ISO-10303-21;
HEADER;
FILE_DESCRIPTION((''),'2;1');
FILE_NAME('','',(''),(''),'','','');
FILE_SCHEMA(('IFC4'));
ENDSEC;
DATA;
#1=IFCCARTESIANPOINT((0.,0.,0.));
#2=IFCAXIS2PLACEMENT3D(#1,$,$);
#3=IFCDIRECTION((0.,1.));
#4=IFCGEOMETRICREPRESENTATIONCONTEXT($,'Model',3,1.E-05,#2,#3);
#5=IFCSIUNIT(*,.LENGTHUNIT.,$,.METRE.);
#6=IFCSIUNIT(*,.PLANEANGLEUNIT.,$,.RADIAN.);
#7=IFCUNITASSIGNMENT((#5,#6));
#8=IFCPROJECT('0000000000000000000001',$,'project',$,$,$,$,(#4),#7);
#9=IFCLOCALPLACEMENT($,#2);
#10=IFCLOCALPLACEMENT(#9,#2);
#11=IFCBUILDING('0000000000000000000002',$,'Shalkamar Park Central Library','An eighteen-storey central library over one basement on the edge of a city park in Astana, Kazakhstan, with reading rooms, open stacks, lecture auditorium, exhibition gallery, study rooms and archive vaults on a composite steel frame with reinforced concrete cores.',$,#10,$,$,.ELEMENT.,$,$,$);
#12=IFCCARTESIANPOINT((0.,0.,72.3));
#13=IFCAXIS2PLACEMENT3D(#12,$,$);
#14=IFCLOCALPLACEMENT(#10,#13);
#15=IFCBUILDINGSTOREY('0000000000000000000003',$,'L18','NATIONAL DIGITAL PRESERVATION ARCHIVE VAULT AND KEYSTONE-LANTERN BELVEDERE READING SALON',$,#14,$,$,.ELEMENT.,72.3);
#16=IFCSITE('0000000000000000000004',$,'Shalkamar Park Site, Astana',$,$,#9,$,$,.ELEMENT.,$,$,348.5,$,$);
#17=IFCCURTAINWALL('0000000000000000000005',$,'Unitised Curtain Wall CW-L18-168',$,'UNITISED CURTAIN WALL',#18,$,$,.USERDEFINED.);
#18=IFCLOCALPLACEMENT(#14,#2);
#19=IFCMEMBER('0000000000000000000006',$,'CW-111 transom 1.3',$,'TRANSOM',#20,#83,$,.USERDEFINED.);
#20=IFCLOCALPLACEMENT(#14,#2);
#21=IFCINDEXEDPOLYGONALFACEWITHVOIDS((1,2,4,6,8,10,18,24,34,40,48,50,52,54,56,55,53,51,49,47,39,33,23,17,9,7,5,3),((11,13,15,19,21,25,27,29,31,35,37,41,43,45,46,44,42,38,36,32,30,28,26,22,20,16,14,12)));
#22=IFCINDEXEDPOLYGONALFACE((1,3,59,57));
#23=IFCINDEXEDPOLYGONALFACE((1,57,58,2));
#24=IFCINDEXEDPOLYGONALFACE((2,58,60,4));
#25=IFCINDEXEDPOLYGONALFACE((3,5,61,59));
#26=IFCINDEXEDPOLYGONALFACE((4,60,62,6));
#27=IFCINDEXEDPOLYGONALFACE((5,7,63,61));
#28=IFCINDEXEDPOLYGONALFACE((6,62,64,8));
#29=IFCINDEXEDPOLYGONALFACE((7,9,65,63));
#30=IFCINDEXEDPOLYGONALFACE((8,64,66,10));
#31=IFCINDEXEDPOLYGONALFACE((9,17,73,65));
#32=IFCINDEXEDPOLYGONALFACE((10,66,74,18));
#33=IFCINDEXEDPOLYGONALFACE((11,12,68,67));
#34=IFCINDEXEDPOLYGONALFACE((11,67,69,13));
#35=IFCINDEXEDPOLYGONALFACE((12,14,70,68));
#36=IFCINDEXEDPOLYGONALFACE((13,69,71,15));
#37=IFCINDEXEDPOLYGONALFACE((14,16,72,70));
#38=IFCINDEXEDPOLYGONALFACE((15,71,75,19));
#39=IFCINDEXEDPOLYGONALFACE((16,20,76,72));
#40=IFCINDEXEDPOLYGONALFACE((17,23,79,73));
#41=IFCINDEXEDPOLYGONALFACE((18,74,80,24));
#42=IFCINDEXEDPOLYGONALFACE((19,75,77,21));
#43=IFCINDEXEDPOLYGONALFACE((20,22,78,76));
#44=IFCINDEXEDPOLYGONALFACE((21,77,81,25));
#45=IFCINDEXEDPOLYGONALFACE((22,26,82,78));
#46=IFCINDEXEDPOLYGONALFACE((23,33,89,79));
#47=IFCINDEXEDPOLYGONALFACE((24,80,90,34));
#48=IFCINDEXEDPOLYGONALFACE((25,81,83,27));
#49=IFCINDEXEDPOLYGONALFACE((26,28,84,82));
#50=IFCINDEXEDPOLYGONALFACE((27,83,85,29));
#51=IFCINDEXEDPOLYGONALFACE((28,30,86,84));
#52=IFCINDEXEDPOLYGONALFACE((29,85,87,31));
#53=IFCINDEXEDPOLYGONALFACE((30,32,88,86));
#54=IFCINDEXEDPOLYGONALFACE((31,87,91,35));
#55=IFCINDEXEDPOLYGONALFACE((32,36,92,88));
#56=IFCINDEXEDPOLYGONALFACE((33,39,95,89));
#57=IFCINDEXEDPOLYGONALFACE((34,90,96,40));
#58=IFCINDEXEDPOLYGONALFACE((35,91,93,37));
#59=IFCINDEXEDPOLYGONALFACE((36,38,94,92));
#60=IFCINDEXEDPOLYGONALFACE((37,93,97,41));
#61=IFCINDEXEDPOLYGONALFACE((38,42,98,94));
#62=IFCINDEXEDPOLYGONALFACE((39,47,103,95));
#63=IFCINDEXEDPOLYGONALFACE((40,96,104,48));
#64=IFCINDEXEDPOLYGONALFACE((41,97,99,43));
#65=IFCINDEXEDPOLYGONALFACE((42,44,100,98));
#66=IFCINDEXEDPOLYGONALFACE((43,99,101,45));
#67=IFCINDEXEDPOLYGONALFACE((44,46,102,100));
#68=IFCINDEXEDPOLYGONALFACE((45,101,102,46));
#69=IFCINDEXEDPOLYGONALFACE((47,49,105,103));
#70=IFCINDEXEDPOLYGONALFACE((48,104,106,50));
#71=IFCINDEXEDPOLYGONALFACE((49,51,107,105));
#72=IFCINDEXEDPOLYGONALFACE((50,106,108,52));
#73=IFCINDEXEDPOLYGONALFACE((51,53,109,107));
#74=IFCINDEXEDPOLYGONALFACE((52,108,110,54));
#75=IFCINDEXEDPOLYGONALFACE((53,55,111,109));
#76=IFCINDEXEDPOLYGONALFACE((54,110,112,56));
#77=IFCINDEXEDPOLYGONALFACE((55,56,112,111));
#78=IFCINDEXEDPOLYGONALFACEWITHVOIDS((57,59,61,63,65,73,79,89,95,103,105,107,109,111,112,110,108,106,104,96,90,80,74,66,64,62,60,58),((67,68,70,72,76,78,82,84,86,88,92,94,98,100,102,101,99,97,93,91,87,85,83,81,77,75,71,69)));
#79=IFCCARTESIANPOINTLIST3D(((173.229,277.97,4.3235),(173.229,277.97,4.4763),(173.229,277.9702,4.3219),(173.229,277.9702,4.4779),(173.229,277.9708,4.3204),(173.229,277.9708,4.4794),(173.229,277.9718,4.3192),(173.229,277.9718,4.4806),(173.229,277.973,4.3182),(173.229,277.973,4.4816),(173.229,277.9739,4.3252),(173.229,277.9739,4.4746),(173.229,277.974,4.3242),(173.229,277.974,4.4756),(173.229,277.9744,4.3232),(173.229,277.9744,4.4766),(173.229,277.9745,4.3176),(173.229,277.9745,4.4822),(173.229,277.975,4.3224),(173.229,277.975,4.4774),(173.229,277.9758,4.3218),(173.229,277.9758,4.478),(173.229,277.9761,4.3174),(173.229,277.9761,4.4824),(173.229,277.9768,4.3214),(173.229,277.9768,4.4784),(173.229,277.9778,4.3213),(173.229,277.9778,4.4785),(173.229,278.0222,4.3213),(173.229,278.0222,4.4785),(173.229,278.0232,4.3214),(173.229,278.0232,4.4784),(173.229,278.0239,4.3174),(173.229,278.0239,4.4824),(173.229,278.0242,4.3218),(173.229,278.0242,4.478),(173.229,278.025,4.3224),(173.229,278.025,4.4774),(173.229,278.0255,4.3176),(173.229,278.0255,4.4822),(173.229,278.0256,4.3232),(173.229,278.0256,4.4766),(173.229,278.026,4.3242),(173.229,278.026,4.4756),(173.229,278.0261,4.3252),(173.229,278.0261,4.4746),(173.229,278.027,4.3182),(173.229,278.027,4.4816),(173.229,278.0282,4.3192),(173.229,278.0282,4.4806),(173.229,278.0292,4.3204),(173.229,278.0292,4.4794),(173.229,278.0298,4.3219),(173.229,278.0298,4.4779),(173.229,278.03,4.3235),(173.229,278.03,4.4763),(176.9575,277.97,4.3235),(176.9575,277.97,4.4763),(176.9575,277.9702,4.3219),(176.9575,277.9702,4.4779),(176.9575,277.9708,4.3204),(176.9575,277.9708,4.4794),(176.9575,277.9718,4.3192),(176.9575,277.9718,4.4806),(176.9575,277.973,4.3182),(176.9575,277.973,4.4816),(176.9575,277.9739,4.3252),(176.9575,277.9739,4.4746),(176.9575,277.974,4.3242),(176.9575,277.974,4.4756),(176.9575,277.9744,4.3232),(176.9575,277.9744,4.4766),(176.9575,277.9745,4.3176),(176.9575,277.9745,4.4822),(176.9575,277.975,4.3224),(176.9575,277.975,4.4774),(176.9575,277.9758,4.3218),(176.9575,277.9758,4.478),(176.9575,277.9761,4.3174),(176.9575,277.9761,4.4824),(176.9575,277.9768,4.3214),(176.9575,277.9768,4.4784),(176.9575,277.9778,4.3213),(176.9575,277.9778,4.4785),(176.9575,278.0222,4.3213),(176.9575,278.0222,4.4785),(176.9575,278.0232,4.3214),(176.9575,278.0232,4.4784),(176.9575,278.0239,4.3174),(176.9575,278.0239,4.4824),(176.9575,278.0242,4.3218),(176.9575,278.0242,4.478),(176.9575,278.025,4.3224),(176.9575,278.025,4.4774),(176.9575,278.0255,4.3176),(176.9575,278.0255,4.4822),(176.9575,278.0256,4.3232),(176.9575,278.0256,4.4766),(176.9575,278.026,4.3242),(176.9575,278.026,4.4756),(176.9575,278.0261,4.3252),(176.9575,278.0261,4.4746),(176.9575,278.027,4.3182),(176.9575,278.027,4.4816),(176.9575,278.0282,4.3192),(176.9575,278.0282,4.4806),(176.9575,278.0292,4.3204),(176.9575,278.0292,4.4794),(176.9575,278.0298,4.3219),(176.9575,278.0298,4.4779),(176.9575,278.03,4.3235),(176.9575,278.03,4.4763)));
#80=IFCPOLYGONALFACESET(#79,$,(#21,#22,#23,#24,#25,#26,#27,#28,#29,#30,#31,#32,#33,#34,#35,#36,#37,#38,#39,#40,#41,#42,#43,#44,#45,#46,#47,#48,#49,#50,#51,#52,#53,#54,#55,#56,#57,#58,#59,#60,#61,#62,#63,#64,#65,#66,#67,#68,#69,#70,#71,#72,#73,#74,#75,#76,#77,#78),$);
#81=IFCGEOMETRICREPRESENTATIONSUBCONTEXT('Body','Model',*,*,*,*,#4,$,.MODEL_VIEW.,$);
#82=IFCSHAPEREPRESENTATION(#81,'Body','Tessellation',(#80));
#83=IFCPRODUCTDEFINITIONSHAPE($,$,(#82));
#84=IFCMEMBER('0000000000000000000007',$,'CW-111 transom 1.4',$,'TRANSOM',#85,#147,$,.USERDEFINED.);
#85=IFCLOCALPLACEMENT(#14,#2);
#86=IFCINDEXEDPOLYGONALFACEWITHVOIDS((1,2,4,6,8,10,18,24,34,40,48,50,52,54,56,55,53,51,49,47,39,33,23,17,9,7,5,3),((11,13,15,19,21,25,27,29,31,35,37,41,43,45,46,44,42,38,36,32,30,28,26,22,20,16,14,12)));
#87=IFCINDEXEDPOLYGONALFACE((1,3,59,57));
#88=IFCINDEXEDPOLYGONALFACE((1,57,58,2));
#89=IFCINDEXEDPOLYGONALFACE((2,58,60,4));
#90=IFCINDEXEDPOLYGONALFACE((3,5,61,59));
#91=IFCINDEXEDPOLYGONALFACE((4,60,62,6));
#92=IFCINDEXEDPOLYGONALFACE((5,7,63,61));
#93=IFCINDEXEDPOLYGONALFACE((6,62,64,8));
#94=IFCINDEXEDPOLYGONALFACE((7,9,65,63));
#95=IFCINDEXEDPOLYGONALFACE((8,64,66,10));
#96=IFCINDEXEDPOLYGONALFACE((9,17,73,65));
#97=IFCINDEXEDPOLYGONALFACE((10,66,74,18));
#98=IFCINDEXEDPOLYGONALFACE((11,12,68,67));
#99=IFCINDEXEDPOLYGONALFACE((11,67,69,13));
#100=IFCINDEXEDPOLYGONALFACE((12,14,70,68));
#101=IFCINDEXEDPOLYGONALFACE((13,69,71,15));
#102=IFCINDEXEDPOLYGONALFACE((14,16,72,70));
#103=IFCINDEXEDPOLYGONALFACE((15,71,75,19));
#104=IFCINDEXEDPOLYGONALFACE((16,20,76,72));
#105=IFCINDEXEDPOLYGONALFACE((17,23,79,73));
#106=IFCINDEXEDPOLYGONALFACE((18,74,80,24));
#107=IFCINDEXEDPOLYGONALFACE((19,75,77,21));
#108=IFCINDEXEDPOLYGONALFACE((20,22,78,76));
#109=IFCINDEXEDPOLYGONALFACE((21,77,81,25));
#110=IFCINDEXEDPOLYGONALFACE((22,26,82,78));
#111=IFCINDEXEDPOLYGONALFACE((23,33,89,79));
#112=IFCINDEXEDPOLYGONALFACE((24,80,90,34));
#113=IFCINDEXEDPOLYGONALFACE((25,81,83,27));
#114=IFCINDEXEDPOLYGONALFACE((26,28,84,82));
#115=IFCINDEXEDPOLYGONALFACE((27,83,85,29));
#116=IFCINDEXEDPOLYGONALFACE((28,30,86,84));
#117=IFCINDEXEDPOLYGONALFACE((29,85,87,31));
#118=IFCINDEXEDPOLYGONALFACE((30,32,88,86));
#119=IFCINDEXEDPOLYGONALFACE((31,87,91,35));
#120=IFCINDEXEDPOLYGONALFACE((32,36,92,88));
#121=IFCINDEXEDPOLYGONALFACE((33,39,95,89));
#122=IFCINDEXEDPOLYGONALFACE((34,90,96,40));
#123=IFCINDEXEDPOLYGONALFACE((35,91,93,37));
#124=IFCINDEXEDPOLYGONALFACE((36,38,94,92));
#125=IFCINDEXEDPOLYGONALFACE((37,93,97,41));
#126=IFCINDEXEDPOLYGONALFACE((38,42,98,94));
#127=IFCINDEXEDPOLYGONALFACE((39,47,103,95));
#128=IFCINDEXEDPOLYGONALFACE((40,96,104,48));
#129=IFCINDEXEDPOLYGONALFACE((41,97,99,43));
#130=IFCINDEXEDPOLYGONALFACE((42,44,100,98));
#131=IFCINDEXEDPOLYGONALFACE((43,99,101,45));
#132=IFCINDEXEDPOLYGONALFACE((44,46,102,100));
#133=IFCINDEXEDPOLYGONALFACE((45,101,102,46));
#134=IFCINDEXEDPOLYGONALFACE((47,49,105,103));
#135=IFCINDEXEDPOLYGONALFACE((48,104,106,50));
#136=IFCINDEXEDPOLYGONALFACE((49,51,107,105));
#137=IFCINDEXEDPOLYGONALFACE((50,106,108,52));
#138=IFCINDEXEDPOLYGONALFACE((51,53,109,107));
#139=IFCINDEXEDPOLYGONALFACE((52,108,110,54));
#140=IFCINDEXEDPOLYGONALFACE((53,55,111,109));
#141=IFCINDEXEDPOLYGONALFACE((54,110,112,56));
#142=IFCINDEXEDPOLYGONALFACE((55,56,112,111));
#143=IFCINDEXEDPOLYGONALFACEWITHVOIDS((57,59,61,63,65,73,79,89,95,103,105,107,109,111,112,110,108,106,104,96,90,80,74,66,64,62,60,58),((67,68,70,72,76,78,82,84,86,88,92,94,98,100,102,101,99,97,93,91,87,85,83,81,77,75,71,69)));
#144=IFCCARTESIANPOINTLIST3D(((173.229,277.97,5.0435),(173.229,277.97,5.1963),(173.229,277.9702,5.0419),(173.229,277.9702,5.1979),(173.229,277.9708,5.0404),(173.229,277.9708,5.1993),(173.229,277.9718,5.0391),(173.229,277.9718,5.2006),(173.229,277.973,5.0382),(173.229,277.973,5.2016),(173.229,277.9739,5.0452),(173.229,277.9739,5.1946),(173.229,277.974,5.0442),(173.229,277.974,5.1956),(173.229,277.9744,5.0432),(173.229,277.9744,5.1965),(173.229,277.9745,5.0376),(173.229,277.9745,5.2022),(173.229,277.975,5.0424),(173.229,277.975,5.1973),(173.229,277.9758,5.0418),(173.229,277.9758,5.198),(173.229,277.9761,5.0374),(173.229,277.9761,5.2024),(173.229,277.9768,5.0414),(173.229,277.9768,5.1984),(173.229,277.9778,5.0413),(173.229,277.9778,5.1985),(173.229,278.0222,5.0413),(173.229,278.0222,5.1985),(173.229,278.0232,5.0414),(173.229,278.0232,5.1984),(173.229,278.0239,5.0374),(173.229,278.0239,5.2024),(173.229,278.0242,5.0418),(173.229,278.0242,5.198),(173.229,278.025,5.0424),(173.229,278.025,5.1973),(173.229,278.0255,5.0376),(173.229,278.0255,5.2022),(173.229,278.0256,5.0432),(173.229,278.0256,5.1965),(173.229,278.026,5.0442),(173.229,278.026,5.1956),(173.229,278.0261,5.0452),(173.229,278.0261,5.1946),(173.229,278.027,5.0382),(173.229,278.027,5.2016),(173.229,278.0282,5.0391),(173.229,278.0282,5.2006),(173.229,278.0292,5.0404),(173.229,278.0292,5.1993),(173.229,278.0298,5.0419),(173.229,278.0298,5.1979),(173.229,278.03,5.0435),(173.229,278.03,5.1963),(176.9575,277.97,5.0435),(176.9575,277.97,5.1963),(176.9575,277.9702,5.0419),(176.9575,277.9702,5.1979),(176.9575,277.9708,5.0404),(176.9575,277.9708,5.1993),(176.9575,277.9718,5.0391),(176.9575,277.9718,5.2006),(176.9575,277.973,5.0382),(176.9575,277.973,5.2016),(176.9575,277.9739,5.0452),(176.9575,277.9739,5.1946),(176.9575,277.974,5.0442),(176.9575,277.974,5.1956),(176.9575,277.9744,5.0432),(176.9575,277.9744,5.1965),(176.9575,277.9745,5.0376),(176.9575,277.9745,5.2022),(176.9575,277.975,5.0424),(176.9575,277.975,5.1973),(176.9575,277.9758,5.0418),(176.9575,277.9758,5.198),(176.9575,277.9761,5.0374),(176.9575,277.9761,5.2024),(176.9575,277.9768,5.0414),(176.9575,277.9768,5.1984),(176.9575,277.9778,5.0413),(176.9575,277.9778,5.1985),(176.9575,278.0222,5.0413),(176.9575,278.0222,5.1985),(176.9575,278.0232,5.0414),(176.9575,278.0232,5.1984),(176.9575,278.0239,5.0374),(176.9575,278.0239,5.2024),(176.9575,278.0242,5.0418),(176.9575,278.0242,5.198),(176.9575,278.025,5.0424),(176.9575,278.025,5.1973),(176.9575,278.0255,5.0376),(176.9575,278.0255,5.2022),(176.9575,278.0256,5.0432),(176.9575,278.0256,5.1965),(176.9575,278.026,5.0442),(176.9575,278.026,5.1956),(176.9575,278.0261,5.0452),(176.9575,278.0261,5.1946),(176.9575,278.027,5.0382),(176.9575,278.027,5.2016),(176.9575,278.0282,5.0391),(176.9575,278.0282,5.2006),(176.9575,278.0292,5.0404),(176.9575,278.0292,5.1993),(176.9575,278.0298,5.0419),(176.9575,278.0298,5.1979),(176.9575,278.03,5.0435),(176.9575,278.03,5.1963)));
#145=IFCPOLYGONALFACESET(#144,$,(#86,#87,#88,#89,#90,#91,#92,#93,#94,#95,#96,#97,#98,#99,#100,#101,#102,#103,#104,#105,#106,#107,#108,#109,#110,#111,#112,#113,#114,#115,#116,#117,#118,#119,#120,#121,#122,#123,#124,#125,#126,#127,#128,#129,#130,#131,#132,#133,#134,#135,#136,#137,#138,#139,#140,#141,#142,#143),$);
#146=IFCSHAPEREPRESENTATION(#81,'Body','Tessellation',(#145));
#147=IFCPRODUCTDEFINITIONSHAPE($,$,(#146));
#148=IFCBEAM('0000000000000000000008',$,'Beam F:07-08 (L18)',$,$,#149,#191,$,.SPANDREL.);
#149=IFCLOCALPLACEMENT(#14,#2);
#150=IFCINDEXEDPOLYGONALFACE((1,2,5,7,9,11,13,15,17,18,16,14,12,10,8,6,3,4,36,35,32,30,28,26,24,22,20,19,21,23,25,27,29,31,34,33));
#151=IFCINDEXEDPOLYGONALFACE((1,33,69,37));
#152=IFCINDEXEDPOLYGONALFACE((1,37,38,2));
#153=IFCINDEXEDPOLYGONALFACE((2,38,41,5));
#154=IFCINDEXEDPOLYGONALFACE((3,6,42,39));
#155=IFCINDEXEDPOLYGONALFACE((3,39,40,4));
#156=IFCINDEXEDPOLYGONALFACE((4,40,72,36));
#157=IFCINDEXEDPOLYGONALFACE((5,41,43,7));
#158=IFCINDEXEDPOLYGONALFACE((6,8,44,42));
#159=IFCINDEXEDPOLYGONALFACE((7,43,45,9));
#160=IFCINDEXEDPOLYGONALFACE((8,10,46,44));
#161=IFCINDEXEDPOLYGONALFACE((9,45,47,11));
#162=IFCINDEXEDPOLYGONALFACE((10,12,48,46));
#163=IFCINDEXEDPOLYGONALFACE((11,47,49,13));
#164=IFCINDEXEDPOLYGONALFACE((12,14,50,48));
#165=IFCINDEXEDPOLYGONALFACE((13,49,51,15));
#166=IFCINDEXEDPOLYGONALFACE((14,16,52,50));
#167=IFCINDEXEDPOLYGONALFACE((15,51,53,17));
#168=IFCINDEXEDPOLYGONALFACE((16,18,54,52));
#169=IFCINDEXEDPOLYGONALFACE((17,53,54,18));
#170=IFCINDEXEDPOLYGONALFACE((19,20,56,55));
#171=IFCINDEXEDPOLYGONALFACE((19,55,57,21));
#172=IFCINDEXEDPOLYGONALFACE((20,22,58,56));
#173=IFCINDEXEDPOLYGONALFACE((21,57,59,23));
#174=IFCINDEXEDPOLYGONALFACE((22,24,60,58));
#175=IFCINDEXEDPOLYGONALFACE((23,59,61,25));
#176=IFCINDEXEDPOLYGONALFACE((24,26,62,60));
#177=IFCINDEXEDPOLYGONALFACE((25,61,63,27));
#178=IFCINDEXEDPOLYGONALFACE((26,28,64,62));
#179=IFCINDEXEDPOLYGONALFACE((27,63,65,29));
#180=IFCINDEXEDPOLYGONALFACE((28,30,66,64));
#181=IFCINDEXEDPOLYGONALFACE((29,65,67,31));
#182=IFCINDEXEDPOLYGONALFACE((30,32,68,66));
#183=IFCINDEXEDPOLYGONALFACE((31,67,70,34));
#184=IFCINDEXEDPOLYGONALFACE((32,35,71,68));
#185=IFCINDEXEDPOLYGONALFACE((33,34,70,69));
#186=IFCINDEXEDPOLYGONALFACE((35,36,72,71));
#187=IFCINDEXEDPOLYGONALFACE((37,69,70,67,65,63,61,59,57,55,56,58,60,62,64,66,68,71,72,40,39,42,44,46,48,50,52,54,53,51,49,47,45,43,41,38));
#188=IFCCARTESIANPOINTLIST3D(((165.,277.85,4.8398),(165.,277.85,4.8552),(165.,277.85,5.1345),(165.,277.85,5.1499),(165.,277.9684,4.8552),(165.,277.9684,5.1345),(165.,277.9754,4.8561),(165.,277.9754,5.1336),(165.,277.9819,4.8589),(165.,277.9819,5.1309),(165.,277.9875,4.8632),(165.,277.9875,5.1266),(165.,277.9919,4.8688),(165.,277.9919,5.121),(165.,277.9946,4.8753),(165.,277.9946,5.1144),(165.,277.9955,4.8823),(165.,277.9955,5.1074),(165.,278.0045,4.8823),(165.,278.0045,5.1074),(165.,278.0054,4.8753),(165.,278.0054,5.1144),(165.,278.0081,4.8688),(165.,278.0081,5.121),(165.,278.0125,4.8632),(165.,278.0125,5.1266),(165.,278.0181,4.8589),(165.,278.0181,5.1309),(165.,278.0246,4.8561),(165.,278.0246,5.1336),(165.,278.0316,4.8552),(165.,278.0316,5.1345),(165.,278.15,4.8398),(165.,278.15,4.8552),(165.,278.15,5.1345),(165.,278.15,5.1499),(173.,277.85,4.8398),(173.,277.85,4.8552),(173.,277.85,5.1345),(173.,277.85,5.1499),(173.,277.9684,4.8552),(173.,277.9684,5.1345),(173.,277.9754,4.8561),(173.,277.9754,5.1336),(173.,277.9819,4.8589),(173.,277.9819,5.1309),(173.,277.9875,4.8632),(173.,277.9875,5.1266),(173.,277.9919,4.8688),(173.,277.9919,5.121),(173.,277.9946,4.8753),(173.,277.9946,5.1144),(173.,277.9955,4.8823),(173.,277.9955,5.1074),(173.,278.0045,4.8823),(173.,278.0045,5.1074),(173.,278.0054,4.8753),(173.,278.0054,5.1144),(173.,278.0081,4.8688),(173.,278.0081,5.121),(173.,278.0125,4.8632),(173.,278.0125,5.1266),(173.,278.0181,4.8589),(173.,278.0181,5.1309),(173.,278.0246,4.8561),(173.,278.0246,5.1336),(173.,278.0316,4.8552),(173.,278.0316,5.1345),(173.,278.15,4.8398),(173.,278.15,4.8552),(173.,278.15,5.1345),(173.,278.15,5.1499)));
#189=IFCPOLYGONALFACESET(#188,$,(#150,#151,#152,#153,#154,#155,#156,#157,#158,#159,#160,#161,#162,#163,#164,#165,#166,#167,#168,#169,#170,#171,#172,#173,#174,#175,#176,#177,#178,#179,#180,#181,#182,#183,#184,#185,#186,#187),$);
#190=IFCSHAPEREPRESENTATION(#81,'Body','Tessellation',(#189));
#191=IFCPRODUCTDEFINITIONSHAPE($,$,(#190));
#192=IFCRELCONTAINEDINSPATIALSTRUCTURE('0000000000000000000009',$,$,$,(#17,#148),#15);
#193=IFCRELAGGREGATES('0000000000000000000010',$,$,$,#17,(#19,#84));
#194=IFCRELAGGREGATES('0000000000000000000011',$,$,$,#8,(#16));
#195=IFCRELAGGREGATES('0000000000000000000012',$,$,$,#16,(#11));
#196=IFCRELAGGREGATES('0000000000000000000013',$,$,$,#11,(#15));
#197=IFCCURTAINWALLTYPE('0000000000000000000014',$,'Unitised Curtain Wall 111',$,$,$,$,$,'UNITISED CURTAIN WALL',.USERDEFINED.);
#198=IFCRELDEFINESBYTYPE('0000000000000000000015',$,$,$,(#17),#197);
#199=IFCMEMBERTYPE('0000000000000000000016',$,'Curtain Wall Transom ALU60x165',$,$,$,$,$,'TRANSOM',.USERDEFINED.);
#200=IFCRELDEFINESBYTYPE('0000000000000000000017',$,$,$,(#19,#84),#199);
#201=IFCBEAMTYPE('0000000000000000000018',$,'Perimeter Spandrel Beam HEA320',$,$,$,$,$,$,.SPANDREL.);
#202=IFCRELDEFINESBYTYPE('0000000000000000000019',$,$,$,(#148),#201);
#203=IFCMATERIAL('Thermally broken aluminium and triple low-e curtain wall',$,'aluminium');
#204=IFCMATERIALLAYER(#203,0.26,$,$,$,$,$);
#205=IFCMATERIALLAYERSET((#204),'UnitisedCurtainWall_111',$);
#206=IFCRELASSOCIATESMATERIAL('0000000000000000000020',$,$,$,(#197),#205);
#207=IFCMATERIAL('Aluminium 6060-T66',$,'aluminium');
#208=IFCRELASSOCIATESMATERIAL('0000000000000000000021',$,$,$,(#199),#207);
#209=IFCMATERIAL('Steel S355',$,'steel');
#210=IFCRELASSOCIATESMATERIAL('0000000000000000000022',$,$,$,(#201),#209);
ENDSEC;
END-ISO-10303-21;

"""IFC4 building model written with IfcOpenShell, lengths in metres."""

from ifc_helpers import new_model, si_unit, direction, frame, origin, origin_2d, place, context, subcontext, project, spatial, hollow_rectangle, i_section, extrude, material, layer, layer_set, material_profile, profile_set, type_object, element, aggregate, save


model = new_model("IFC4")

# Units and contexts
model_context = context("Model", 3, precision=1e-05, world=origin(), true_north=direction((0.0, 1.0)))
body_context = subcontext(model_context, "Body", "Model", "MODEL_VIEW")
ifc_project = project(units=[si_unit("LENGTHUNIT", "METRE"), si_unit("PLANEANGLEUNIT", "RADIAN")], contexts=[model_context])

# Site, building, storey
site_placement = place(None, origin())
site = spatial("IfcSite", under=ifc_project, at=site_placement, Name="Shalkamar Park Site, Astana", CompositionType="ELEMENT", RefElevation=348.5)
building_placement = place(site_placement, origin())
building = spatial("IfcBuilding", under=site, at=building_placement, Name="Shalkamar Park Central Library", Description="An eighteen-storey central library over one basement on the edge of a city park in Astana, Kazakhstan, with reading rooms, open stacks, lecture auditorium, exhibition gallery, study rooms and archive vaults on a composite steel frame with reinforced concrete cores.", CompositionType="ELEMENT")
storey_placement = place(building_placement, frame((0.0, 0.0, 72.3)))
storey = spatial("IfcBuildingStorey", under=building, at=storey_placement, Name="L18", Description="NATIONAL DIGITAL PRESERVATION ARCHIVE VAULT AND KEYSTONE-LANTERN BELVEDERE READING SALON", CompositionType="ELEMENT", Elevation=72.3)

# Shared definitions
ifc_material_1 = material(Name="Steel S355", Category="steel")

# Curtain wall, members
ifc_material_2 = material(Name="Thermally broken aluminium and triple low-e curtain wall", Category="aluminium")
ifc_layer_1 = layer(ifc_material_2, 0.26)
ifc_layer_set_1 = layer_set([ifc_layer_1], Name="UnitisedCurtainWall_111")
curtain_wall_type = type_object("IfcCurtainWallType", Name="Unitised Curtain Wall 111", ElementType="UNITISED CURTAIN WALL", PredefinedType="USERDEFINED", material=ifc_layer_set_1)
curtain_wall_placement = place(storey_placement, origin())
curtain_wall = element("IfcCurtainWall", 1, at=curtain_wall_placement, inside=storey, type_object=curtain_wall_type, Name="Unitised Curtain Wall CW-L18-168", ObjectType="UNITISED CURTAIN WALL", PredefinedType="USERDEFINED")
ifc_material_3 = material(Name="Aluminium 6060-T66", Category="aluminium")
ifc_material_profile_1 = material_profile(ifc_material_3, hollow_rectangle(XDim=0.0601, YDim=0.165, WallThickness=0.0039, InnerFilletRadius=0.0039, OuterFilletRadius=0.0061, at=origin_2d()), Name="ALU 60x165x4")
ifc_profile_set_1 = profile_set([ifc_material_profile_1], Name="Aluminium 6060-T66")
member_type_1 = type_object("IfcMemberType", Name="Curtain Wall Transom ALU60x165", ElementType="TRANSOM", PredefinedType="USERDEFINED", material=ifc_profile_set_1)
member_1_placement = place(storey_placement, frame((173.229, 278.0, 4.3999), z_axis=(1.0, 0.0, 0.0), x_axis=(0.0, 1.0, 0.0)))
member_1 = element("IfcMember", 2, at=member_1_placement, type_object=member_type_1, Name="CW-111 transom 1.3", ObjectType="TRANSOM", PredefinedType="USERDEFINED", context=body_context, shape_type="SweptSolid", body=[
    extrude(hollow_rectangle(XDim=0.0601, YDim=0.165, WallThickness=0.0039, InnerFilletRadius=0.0039, OuterFilletRadius=0.0061, at=origin_2d()), origin(), (0.0, 0.0, 1.0), 3.7285),
])
member_2_placement = place(storey_placement, frame((173.229, 278.0, 5.1199), z_axis=(1.0, 0.0, 0.0), x_axis=(0.0, 1.0, 0.0)))
member_2 = element("IfcMember", 3, at=member_2_placement, type_object=member_type_1, Name="CW-111 transom 1.4", ObjectType="TRANSOM", PredefinedType="USERDEFINED", context=body_context, shape_type="SweptSolid", body=[
    extrude(hollow_rectangle(XDim=0.0601, YDim=0.165, WallThickness=0.0039, InnerFilletRadius=0.0039, OuterFilletRadius=0.0061, at=origin_2d()), origin(), (0.0, 0.0, 1.0), 3.7285),
])

# Beam
ifc_material_profile_2 = material_profile(ifc_material_1, i_section(OverallWidth=0.3, OverallDepth=0.3101, WebThickness=0.009, FlangeThickness=0.0154, FilletRadius=0.0271, at=origin_2d()), Name="HEA 320")
ifc_profile_set_2 = profile_set([ifc_material_profile_2], Name="Steel S355")
beam_type_1 = type_object("IfcBeamType", Name="Perimeter Spandrel Beam HEA320", PredefinedType="SPANDREL", material=ifc_profile_set_2)
for number, where, z_axis, x_axis, name in (
    (4, (165.0, 278.0, 4.9949), (1.0, 0.0, 0.0), (0.0, 1.0, 0.0), "Beam F:07-08 (L18)"),
):
    element("IfcBeam", number, at=place(storey_placement, frame(where, z_axis=z_axis, x_axis=x_axis)), inside=storey, type_object=beam_type_1, Name=name, PredefinedType="SPANDREL", context=body_context, shape_type="SweptSolid", body=[
        extrude(i_section(OverallWidth=0.3, OverallDepth=0.3101, WebThickness=0.009, FlangeThickness=0.0154, FilletRadius=0.0271, at=origin_2d()), origin(), (0.0, 0.0, 1.0), 8.0),
    ])

aggregate(curtain_wall, [member_1, member_2])

save(model, "model.ifc")
